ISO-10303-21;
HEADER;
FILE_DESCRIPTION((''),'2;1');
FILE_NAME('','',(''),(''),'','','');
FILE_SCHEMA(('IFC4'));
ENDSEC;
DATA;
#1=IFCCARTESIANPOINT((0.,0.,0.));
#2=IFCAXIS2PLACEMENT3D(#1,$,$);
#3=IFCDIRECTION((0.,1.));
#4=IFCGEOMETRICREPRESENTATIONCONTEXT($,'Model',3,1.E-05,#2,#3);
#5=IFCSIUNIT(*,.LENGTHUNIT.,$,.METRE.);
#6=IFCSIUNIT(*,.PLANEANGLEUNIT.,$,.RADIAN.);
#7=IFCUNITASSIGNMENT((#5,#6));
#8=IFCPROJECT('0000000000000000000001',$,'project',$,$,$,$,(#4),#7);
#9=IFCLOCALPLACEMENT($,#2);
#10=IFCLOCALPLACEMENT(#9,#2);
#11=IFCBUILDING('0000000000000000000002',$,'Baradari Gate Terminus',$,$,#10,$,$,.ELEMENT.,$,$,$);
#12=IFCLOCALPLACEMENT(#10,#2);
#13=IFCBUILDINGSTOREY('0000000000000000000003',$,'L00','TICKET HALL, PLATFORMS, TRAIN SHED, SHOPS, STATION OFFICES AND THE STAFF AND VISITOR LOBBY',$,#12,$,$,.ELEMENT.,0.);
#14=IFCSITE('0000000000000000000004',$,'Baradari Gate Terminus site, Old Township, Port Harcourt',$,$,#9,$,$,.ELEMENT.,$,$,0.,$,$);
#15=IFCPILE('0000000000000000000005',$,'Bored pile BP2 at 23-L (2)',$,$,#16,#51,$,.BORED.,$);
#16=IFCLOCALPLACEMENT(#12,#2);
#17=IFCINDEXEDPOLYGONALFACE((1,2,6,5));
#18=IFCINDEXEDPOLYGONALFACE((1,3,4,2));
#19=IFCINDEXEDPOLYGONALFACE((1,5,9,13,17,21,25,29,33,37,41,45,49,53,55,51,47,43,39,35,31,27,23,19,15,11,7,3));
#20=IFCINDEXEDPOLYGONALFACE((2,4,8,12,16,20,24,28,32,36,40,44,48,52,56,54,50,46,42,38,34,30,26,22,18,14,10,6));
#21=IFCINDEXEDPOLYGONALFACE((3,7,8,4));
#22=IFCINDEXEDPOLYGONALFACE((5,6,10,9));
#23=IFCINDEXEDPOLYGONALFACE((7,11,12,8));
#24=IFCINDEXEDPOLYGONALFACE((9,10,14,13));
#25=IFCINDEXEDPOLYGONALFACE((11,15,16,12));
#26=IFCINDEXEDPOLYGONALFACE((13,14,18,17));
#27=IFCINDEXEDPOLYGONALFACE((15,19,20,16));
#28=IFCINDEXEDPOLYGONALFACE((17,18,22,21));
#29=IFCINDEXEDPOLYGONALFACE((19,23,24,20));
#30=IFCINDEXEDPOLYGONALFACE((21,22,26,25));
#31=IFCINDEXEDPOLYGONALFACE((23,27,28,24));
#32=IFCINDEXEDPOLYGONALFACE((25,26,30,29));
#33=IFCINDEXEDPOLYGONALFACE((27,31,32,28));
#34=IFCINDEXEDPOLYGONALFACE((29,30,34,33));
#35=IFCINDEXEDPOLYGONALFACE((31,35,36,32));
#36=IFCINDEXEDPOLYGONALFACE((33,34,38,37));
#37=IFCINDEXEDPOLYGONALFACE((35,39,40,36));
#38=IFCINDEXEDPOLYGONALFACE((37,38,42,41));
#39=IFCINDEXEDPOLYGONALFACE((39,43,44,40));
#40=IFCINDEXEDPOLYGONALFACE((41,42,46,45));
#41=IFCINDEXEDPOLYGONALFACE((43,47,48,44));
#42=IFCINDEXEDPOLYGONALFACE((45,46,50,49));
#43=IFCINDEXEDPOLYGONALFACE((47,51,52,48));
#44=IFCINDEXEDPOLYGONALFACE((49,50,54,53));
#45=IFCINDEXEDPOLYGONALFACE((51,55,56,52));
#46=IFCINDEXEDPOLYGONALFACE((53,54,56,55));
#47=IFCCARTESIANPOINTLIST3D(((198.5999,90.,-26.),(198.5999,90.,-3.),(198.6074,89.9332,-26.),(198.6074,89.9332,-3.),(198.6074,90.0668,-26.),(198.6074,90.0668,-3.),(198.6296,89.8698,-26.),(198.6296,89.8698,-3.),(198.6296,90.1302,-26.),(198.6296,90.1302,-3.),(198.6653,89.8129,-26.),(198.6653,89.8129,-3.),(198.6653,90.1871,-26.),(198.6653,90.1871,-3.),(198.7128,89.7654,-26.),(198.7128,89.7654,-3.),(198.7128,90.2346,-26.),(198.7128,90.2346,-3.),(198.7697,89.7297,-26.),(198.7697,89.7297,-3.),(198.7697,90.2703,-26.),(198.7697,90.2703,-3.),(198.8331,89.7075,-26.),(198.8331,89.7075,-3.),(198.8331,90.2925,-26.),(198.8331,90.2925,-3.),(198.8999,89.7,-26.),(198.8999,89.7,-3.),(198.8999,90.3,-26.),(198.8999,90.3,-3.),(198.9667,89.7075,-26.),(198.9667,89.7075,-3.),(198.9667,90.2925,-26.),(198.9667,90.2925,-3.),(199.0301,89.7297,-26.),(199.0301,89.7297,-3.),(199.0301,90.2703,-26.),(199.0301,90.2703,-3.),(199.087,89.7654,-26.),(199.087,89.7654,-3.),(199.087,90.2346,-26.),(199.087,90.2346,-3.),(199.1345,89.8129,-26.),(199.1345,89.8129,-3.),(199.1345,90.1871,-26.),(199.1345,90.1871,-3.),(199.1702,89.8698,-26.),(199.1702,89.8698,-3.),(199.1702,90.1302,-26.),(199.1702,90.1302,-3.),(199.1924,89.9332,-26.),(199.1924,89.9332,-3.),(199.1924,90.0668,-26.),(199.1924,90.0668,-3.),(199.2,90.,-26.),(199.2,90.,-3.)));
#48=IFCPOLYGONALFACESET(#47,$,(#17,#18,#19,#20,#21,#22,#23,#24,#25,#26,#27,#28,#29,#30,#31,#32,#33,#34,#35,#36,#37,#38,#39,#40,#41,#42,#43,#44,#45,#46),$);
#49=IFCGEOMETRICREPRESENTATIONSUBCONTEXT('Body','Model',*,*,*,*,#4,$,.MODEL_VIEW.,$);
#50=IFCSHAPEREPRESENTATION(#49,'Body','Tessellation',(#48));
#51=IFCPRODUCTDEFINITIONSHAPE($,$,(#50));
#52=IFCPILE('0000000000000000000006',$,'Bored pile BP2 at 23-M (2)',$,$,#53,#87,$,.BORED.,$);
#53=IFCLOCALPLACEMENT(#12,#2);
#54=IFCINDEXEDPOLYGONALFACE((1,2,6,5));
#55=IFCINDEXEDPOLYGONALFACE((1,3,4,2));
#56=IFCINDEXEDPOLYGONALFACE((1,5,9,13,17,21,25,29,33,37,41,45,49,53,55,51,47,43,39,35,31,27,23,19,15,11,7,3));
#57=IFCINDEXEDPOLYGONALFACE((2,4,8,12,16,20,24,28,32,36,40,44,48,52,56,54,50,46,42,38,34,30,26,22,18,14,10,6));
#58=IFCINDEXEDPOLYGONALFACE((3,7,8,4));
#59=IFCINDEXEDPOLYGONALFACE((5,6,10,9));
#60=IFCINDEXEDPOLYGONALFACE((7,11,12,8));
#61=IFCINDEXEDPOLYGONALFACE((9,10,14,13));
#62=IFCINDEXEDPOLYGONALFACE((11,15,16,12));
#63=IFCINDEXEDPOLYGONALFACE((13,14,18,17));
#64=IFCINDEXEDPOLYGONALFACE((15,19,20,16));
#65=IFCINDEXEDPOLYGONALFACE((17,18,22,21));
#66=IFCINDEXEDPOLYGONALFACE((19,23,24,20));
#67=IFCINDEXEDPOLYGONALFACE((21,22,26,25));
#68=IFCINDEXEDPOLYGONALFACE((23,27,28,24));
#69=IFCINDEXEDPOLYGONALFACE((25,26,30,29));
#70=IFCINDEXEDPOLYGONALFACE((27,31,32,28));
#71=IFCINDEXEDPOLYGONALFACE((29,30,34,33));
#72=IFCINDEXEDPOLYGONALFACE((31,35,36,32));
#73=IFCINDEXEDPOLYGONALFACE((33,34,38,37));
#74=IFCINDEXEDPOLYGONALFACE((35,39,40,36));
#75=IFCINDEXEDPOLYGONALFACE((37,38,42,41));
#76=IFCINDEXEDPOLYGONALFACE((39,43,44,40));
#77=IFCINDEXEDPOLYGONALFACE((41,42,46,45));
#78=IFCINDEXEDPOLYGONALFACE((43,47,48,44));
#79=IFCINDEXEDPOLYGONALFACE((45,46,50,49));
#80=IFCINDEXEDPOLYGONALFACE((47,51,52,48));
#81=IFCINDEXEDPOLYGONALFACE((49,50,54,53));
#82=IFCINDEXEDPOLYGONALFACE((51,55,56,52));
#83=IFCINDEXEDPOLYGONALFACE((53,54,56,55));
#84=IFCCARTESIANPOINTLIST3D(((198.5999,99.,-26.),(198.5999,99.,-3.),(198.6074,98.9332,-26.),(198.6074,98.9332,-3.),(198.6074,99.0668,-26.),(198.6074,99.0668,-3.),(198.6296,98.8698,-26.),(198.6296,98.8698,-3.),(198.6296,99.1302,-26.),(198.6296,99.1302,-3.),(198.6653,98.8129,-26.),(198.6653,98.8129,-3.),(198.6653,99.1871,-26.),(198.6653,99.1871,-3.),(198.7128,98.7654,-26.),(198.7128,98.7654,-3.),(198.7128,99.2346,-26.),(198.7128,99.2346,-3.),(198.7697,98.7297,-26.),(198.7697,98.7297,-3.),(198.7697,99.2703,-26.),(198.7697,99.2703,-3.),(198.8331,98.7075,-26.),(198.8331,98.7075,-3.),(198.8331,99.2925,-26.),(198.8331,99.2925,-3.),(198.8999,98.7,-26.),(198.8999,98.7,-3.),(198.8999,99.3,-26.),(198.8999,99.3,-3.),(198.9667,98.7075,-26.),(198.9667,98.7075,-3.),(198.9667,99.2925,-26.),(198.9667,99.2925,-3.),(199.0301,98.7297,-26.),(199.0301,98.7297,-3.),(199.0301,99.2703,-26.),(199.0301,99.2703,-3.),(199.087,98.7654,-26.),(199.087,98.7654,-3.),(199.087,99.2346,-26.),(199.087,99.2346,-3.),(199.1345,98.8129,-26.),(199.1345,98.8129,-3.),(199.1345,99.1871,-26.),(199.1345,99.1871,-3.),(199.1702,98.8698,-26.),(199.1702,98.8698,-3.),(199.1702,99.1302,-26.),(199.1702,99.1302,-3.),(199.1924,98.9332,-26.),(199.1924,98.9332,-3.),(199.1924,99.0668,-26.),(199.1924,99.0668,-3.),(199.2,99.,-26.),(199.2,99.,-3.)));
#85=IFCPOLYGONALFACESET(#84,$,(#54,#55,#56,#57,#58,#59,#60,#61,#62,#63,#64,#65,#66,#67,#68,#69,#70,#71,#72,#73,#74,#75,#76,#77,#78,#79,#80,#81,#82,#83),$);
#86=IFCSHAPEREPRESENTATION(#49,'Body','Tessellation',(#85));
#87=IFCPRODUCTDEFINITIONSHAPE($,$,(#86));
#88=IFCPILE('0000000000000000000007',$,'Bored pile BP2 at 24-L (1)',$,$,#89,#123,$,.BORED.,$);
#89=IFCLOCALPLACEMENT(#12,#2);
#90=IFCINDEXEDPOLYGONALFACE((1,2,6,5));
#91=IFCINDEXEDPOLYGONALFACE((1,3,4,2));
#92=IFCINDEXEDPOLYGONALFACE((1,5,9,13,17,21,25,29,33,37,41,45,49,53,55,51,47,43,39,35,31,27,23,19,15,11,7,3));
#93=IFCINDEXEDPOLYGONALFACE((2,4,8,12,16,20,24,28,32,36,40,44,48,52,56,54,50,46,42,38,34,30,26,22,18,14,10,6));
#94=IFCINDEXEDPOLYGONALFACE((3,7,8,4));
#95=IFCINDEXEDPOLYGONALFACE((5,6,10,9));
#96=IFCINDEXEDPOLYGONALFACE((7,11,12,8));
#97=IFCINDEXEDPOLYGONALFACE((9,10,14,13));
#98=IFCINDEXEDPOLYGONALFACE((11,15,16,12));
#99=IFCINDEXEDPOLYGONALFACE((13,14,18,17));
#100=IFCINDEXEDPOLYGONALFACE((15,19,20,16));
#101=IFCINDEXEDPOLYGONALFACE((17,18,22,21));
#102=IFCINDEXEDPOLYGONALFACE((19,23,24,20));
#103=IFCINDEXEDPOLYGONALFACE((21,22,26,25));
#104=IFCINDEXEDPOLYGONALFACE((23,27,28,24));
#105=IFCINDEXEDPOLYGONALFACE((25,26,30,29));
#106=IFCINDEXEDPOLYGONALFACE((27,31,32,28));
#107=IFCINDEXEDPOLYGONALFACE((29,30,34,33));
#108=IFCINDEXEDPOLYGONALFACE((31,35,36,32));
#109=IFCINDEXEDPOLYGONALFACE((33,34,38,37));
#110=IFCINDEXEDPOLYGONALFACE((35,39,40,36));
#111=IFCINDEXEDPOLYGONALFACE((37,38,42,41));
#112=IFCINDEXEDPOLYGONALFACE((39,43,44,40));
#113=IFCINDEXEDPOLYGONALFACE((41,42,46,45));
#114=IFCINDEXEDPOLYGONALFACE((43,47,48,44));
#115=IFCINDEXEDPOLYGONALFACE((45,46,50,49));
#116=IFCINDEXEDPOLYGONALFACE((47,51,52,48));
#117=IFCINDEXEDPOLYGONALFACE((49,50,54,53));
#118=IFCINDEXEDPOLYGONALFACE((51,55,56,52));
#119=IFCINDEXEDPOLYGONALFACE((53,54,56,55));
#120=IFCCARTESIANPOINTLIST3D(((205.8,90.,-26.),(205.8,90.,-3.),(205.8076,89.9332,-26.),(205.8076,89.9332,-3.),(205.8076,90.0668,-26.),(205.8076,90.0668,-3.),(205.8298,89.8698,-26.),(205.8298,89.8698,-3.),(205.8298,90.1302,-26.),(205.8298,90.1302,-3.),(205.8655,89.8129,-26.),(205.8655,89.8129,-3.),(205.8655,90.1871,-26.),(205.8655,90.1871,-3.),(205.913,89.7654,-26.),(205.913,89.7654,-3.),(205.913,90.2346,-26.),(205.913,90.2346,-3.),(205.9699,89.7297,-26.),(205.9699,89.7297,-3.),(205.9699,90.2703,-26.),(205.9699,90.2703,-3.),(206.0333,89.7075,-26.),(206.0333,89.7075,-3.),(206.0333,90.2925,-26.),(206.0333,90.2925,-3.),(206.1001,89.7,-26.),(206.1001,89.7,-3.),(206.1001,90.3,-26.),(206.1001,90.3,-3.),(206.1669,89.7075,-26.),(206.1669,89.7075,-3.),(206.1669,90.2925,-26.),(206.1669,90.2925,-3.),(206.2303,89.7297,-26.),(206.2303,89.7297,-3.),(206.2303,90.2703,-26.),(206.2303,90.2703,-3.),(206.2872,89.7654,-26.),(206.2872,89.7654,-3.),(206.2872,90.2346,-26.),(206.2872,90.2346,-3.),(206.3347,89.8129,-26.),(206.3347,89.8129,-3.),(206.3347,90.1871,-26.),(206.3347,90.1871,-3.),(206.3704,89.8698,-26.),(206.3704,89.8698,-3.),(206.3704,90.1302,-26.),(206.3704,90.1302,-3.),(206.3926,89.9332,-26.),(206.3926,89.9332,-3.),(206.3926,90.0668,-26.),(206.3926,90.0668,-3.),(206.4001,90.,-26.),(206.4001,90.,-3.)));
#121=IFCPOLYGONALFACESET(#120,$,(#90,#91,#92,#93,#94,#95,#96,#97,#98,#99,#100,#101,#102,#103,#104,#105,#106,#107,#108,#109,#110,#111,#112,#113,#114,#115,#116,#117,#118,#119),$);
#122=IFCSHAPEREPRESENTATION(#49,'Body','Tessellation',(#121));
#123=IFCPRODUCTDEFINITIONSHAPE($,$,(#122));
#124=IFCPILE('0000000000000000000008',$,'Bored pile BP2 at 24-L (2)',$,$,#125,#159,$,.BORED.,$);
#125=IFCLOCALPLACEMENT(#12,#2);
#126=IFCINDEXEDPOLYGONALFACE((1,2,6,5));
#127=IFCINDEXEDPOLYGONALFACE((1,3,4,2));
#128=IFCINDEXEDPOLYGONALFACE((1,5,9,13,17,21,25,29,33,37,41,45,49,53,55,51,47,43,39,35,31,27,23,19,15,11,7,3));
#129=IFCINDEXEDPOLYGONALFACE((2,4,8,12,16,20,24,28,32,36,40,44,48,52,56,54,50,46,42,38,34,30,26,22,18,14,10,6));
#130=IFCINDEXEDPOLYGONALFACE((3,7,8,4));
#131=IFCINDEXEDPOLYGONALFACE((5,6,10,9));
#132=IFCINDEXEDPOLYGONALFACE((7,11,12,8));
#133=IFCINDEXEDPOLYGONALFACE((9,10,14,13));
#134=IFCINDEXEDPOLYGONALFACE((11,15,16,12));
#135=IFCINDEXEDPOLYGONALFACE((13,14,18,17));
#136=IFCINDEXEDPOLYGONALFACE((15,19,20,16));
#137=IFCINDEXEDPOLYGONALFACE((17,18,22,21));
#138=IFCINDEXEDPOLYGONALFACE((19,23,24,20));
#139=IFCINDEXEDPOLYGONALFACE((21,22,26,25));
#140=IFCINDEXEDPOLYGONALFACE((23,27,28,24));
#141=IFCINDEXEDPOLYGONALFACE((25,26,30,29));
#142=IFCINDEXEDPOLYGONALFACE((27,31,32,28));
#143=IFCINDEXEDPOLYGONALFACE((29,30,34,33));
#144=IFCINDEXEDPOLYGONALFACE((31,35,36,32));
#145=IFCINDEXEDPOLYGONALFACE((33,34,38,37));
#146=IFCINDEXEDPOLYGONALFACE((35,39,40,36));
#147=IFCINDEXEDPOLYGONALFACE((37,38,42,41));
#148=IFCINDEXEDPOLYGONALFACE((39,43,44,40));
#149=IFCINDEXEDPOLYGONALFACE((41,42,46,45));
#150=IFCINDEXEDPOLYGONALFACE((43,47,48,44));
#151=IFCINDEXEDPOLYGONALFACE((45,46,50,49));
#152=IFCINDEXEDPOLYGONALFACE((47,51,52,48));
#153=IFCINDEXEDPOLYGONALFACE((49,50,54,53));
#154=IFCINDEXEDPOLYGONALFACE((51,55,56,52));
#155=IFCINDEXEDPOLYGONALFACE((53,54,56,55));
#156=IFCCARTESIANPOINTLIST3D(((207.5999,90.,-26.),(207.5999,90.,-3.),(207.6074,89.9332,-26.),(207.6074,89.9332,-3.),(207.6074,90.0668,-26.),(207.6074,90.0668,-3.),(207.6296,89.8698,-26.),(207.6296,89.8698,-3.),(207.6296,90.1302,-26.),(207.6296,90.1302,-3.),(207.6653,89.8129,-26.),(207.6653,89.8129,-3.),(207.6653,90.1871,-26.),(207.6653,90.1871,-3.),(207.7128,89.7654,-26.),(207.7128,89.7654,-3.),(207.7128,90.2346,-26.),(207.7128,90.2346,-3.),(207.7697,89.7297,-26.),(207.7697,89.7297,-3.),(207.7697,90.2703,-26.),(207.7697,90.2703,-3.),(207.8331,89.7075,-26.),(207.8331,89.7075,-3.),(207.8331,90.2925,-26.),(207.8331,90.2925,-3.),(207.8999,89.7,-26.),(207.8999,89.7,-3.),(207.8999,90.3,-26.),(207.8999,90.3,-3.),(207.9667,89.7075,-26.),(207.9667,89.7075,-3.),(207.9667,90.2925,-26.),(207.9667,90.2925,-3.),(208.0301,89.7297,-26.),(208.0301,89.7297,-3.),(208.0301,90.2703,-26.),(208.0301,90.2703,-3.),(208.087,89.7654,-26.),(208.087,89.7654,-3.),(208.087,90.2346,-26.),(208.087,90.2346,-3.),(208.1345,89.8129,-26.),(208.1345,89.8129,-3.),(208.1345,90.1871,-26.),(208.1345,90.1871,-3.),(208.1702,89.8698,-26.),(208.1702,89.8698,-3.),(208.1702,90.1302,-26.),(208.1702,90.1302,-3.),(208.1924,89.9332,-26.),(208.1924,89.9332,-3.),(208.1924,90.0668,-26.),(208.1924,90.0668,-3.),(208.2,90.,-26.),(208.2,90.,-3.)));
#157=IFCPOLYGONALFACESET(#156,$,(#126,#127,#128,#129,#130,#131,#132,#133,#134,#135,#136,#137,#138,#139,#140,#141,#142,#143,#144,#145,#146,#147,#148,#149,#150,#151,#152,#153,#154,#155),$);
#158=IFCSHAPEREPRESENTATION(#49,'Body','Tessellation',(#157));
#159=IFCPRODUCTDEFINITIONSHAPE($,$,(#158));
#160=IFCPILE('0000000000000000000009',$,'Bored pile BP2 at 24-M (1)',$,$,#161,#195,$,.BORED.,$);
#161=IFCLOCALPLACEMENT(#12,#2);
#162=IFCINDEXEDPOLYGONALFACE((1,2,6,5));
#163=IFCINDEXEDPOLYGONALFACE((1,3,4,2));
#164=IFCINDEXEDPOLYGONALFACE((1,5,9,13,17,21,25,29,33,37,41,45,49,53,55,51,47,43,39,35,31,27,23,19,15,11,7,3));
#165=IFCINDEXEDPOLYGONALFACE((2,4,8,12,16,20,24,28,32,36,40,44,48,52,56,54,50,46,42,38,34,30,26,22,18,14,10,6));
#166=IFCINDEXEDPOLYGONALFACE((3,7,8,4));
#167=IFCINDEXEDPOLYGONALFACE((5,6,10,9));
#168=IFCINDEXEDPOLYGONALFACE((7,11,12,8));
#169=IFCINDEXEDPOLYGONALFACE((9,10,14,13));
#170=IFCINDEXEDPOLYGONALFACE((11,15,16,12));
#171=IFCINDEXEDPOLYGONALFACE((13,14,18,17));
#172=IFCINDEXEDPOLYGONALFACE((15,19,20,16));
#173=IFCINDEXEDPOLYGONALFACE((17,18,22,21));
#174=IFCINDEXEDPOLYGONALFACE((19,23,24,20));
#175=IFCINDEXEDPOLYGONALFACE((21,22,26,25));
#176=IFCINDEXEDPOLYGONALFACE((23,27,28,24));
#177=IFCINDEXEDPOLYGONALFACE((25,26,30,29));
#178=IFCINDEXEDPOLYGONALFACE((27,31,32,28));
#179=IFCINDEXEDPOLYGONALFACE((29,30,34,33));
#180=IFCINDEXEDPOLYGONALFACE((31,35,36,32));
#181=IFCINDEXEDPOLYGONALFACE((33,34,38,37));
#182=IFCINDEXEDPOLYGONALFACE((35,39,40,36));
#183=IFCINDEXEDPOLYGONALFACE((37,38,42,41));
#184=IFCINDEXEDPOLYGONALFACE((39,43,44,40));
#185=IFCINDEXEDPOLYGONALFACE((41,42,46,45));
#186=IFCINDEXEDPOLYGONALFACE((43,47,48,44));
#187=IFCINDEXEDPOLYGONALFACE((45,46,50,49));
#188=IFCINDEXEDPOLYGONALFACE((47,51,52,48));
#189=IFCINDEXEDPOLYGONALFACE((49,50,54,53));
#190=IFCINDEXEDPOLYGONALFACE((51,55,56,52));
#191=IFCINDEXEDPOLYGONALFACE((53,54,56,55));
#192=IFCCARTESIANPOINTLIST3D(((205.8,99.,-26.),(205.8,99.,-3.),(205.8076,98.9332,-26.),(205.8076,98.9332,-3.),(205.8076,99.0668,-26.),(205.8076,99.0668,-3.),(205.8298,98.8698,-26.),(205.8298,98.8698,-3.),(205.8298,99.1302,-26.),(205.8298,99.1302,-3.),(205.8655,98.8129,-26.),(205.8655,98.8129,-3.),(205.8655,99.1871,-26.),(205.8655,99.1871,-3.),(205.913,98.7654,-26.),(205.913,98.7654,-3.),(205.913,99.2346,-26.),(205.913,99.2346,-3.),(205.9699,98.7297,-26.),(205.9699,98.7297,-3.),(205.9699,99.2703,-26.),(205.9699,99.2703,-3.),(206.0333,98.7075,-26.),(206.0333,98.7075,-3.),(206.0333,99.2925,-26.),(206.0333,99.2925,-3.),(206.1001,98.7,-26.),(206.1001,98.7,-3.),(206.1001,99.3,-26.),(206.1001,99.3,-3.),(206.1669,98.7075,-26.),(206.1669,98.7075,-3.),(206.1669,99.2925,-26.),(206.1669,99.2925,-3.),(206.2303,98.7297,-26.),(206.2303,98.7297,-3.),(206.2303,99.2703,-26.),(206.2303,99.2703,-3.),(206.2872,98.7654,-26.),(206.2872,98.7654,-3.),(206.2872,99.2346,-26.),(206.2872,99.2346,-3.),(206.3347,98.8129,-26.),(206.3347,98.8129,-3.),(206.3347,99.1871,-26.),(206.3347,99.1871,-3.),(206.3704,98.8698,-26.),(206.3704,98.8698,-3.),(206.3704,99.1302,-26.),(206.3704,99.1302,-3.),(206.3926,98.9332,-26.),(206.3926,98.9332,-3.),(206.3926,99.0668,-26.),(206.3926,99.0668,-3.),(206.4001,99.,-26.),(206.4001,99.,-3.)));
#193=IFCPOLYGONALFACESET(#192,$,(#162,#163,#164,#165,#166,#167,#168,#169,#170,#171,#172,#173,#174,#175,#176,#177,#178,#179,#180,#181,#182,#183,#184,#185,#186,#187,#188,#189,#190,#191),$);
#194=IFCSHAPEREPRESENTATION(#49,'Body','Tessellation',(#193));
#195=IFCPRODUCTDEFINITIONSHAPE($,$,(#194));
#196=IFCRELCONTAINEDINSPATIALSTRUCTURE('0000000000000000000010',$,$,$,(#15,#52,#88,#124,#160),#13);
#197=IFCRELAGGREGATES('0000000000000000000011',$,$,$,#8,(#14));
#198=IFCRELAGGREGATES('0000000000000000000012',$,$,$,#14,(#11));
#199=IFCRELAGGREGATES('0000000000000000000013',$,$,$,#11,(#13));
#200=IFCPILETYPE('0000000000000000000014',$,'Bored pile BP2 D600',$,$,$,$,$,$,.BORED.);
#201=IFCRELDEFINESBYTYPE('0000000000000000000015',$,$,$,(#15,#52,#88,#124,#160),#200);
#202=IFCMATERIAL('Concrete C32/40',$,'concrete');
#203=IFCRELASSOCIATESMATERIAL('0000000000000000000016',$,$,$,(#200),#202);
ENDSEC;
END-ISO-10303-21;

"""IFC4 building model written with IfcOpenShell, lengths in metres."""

from ifc_helpers import new_model, si_unit, direction, frame, origin, origin_2d, place, context, subcontext, project, spatial, circle, extrude, material, type_object, element, save


model = new_model("IFC4")

# Units and contexts
model_context = context("Model", 3, precision=1e-05, world=origin(), true_north=direction((0.0, 1.0)))
body_context = subcontext(model_context, "Body", "Model", "MODEL_VIEW")
ifc_project = project(units=[si_unit("LENGTHUNIT", "METRE"), si_unit("PLANEANGLEUNIT", "RADIAN")], contexts=[model_context])

# Site, building, storey
site_placement = place(None, origin())
site = spatial("IfcSite", under=ifc_project, at=site_placement, Name="Baradari Gate Terminus site, Old Township, Port Harcourt", CompositionType="ELEMENT", RefElevation=0.0)
building_placement = place(site_placement, origin())
building = spatial("IfcBuilding", under=site, at=building_placement, Name="Baradari Gate Terminus", CompositionType="ELEMENT")
storey_placement = place(building_placement, origin())
storey = spatial("IfcBuildingStorey", under=building, at=storey_placement, Name="L00", Description="TICKET HALL, PLATFORMS, TRAIN SHED, SHOPS, STATION OFFICES AND THE STAFF AND VISITOR LOBBY", CompositionType="ELEMENT", Elevation=0.0)

# Piles
ifc_material_1 = material(Name="Concrete C32/40", Category="concrete")
pile_type = type_object("IfcPileType", Name="Bored pile BP2 D600", PredefinedType="BORED", material=ifc_material_1)
for number, where, z_axis, x_axis, name in (
    (1, (198.8999, 90.0, -3.0), (0.0, 0.0, -1.0), (1.0, 0.0, 0.0), "Bored pile BP2 at 23-L (2)"),
    (2, (198.8999, 99.0, -3.0), (0.0, 0.0, -1.0), (1.0, 0.0, 0.0), "Bored pile BP2 at 23-M (2)"),
    (3, (206.1001, 90.0, -3.0), (0.0, 0.0, -1.0), (1.0, 0.0, 0.0), "Bored pile BP2 at 24-L (1)"),
    (4, (207.8999, 90.0, -3.0), (0.0, 0.0, -1.0), (1.0, 0.0, 0.0), "Bored pile BP2 at 24-L (2)"),
    (5, (206.1001, 99.0, -3.0), (0.0, 0.0, -1.0), (1.0, 0.0, 0.0), "Bored pile BP2 at 24-M (1)"),
):
    element("IfcPile", number, at=place(storey_placement, frame(where, z_axis=z_axis, x_axis=x_axis)), inside=storey, type_object=pile_type, Name=name, PredefinedType="BORED", context=body_context, shape_type="SweptSolid", body=[
        extrude(circle(Radius=0.3, at=origin_2d()), origin(), (0.0, 0.0, 1.0), 23.0),
    ])

save(model, "model.ifc")
